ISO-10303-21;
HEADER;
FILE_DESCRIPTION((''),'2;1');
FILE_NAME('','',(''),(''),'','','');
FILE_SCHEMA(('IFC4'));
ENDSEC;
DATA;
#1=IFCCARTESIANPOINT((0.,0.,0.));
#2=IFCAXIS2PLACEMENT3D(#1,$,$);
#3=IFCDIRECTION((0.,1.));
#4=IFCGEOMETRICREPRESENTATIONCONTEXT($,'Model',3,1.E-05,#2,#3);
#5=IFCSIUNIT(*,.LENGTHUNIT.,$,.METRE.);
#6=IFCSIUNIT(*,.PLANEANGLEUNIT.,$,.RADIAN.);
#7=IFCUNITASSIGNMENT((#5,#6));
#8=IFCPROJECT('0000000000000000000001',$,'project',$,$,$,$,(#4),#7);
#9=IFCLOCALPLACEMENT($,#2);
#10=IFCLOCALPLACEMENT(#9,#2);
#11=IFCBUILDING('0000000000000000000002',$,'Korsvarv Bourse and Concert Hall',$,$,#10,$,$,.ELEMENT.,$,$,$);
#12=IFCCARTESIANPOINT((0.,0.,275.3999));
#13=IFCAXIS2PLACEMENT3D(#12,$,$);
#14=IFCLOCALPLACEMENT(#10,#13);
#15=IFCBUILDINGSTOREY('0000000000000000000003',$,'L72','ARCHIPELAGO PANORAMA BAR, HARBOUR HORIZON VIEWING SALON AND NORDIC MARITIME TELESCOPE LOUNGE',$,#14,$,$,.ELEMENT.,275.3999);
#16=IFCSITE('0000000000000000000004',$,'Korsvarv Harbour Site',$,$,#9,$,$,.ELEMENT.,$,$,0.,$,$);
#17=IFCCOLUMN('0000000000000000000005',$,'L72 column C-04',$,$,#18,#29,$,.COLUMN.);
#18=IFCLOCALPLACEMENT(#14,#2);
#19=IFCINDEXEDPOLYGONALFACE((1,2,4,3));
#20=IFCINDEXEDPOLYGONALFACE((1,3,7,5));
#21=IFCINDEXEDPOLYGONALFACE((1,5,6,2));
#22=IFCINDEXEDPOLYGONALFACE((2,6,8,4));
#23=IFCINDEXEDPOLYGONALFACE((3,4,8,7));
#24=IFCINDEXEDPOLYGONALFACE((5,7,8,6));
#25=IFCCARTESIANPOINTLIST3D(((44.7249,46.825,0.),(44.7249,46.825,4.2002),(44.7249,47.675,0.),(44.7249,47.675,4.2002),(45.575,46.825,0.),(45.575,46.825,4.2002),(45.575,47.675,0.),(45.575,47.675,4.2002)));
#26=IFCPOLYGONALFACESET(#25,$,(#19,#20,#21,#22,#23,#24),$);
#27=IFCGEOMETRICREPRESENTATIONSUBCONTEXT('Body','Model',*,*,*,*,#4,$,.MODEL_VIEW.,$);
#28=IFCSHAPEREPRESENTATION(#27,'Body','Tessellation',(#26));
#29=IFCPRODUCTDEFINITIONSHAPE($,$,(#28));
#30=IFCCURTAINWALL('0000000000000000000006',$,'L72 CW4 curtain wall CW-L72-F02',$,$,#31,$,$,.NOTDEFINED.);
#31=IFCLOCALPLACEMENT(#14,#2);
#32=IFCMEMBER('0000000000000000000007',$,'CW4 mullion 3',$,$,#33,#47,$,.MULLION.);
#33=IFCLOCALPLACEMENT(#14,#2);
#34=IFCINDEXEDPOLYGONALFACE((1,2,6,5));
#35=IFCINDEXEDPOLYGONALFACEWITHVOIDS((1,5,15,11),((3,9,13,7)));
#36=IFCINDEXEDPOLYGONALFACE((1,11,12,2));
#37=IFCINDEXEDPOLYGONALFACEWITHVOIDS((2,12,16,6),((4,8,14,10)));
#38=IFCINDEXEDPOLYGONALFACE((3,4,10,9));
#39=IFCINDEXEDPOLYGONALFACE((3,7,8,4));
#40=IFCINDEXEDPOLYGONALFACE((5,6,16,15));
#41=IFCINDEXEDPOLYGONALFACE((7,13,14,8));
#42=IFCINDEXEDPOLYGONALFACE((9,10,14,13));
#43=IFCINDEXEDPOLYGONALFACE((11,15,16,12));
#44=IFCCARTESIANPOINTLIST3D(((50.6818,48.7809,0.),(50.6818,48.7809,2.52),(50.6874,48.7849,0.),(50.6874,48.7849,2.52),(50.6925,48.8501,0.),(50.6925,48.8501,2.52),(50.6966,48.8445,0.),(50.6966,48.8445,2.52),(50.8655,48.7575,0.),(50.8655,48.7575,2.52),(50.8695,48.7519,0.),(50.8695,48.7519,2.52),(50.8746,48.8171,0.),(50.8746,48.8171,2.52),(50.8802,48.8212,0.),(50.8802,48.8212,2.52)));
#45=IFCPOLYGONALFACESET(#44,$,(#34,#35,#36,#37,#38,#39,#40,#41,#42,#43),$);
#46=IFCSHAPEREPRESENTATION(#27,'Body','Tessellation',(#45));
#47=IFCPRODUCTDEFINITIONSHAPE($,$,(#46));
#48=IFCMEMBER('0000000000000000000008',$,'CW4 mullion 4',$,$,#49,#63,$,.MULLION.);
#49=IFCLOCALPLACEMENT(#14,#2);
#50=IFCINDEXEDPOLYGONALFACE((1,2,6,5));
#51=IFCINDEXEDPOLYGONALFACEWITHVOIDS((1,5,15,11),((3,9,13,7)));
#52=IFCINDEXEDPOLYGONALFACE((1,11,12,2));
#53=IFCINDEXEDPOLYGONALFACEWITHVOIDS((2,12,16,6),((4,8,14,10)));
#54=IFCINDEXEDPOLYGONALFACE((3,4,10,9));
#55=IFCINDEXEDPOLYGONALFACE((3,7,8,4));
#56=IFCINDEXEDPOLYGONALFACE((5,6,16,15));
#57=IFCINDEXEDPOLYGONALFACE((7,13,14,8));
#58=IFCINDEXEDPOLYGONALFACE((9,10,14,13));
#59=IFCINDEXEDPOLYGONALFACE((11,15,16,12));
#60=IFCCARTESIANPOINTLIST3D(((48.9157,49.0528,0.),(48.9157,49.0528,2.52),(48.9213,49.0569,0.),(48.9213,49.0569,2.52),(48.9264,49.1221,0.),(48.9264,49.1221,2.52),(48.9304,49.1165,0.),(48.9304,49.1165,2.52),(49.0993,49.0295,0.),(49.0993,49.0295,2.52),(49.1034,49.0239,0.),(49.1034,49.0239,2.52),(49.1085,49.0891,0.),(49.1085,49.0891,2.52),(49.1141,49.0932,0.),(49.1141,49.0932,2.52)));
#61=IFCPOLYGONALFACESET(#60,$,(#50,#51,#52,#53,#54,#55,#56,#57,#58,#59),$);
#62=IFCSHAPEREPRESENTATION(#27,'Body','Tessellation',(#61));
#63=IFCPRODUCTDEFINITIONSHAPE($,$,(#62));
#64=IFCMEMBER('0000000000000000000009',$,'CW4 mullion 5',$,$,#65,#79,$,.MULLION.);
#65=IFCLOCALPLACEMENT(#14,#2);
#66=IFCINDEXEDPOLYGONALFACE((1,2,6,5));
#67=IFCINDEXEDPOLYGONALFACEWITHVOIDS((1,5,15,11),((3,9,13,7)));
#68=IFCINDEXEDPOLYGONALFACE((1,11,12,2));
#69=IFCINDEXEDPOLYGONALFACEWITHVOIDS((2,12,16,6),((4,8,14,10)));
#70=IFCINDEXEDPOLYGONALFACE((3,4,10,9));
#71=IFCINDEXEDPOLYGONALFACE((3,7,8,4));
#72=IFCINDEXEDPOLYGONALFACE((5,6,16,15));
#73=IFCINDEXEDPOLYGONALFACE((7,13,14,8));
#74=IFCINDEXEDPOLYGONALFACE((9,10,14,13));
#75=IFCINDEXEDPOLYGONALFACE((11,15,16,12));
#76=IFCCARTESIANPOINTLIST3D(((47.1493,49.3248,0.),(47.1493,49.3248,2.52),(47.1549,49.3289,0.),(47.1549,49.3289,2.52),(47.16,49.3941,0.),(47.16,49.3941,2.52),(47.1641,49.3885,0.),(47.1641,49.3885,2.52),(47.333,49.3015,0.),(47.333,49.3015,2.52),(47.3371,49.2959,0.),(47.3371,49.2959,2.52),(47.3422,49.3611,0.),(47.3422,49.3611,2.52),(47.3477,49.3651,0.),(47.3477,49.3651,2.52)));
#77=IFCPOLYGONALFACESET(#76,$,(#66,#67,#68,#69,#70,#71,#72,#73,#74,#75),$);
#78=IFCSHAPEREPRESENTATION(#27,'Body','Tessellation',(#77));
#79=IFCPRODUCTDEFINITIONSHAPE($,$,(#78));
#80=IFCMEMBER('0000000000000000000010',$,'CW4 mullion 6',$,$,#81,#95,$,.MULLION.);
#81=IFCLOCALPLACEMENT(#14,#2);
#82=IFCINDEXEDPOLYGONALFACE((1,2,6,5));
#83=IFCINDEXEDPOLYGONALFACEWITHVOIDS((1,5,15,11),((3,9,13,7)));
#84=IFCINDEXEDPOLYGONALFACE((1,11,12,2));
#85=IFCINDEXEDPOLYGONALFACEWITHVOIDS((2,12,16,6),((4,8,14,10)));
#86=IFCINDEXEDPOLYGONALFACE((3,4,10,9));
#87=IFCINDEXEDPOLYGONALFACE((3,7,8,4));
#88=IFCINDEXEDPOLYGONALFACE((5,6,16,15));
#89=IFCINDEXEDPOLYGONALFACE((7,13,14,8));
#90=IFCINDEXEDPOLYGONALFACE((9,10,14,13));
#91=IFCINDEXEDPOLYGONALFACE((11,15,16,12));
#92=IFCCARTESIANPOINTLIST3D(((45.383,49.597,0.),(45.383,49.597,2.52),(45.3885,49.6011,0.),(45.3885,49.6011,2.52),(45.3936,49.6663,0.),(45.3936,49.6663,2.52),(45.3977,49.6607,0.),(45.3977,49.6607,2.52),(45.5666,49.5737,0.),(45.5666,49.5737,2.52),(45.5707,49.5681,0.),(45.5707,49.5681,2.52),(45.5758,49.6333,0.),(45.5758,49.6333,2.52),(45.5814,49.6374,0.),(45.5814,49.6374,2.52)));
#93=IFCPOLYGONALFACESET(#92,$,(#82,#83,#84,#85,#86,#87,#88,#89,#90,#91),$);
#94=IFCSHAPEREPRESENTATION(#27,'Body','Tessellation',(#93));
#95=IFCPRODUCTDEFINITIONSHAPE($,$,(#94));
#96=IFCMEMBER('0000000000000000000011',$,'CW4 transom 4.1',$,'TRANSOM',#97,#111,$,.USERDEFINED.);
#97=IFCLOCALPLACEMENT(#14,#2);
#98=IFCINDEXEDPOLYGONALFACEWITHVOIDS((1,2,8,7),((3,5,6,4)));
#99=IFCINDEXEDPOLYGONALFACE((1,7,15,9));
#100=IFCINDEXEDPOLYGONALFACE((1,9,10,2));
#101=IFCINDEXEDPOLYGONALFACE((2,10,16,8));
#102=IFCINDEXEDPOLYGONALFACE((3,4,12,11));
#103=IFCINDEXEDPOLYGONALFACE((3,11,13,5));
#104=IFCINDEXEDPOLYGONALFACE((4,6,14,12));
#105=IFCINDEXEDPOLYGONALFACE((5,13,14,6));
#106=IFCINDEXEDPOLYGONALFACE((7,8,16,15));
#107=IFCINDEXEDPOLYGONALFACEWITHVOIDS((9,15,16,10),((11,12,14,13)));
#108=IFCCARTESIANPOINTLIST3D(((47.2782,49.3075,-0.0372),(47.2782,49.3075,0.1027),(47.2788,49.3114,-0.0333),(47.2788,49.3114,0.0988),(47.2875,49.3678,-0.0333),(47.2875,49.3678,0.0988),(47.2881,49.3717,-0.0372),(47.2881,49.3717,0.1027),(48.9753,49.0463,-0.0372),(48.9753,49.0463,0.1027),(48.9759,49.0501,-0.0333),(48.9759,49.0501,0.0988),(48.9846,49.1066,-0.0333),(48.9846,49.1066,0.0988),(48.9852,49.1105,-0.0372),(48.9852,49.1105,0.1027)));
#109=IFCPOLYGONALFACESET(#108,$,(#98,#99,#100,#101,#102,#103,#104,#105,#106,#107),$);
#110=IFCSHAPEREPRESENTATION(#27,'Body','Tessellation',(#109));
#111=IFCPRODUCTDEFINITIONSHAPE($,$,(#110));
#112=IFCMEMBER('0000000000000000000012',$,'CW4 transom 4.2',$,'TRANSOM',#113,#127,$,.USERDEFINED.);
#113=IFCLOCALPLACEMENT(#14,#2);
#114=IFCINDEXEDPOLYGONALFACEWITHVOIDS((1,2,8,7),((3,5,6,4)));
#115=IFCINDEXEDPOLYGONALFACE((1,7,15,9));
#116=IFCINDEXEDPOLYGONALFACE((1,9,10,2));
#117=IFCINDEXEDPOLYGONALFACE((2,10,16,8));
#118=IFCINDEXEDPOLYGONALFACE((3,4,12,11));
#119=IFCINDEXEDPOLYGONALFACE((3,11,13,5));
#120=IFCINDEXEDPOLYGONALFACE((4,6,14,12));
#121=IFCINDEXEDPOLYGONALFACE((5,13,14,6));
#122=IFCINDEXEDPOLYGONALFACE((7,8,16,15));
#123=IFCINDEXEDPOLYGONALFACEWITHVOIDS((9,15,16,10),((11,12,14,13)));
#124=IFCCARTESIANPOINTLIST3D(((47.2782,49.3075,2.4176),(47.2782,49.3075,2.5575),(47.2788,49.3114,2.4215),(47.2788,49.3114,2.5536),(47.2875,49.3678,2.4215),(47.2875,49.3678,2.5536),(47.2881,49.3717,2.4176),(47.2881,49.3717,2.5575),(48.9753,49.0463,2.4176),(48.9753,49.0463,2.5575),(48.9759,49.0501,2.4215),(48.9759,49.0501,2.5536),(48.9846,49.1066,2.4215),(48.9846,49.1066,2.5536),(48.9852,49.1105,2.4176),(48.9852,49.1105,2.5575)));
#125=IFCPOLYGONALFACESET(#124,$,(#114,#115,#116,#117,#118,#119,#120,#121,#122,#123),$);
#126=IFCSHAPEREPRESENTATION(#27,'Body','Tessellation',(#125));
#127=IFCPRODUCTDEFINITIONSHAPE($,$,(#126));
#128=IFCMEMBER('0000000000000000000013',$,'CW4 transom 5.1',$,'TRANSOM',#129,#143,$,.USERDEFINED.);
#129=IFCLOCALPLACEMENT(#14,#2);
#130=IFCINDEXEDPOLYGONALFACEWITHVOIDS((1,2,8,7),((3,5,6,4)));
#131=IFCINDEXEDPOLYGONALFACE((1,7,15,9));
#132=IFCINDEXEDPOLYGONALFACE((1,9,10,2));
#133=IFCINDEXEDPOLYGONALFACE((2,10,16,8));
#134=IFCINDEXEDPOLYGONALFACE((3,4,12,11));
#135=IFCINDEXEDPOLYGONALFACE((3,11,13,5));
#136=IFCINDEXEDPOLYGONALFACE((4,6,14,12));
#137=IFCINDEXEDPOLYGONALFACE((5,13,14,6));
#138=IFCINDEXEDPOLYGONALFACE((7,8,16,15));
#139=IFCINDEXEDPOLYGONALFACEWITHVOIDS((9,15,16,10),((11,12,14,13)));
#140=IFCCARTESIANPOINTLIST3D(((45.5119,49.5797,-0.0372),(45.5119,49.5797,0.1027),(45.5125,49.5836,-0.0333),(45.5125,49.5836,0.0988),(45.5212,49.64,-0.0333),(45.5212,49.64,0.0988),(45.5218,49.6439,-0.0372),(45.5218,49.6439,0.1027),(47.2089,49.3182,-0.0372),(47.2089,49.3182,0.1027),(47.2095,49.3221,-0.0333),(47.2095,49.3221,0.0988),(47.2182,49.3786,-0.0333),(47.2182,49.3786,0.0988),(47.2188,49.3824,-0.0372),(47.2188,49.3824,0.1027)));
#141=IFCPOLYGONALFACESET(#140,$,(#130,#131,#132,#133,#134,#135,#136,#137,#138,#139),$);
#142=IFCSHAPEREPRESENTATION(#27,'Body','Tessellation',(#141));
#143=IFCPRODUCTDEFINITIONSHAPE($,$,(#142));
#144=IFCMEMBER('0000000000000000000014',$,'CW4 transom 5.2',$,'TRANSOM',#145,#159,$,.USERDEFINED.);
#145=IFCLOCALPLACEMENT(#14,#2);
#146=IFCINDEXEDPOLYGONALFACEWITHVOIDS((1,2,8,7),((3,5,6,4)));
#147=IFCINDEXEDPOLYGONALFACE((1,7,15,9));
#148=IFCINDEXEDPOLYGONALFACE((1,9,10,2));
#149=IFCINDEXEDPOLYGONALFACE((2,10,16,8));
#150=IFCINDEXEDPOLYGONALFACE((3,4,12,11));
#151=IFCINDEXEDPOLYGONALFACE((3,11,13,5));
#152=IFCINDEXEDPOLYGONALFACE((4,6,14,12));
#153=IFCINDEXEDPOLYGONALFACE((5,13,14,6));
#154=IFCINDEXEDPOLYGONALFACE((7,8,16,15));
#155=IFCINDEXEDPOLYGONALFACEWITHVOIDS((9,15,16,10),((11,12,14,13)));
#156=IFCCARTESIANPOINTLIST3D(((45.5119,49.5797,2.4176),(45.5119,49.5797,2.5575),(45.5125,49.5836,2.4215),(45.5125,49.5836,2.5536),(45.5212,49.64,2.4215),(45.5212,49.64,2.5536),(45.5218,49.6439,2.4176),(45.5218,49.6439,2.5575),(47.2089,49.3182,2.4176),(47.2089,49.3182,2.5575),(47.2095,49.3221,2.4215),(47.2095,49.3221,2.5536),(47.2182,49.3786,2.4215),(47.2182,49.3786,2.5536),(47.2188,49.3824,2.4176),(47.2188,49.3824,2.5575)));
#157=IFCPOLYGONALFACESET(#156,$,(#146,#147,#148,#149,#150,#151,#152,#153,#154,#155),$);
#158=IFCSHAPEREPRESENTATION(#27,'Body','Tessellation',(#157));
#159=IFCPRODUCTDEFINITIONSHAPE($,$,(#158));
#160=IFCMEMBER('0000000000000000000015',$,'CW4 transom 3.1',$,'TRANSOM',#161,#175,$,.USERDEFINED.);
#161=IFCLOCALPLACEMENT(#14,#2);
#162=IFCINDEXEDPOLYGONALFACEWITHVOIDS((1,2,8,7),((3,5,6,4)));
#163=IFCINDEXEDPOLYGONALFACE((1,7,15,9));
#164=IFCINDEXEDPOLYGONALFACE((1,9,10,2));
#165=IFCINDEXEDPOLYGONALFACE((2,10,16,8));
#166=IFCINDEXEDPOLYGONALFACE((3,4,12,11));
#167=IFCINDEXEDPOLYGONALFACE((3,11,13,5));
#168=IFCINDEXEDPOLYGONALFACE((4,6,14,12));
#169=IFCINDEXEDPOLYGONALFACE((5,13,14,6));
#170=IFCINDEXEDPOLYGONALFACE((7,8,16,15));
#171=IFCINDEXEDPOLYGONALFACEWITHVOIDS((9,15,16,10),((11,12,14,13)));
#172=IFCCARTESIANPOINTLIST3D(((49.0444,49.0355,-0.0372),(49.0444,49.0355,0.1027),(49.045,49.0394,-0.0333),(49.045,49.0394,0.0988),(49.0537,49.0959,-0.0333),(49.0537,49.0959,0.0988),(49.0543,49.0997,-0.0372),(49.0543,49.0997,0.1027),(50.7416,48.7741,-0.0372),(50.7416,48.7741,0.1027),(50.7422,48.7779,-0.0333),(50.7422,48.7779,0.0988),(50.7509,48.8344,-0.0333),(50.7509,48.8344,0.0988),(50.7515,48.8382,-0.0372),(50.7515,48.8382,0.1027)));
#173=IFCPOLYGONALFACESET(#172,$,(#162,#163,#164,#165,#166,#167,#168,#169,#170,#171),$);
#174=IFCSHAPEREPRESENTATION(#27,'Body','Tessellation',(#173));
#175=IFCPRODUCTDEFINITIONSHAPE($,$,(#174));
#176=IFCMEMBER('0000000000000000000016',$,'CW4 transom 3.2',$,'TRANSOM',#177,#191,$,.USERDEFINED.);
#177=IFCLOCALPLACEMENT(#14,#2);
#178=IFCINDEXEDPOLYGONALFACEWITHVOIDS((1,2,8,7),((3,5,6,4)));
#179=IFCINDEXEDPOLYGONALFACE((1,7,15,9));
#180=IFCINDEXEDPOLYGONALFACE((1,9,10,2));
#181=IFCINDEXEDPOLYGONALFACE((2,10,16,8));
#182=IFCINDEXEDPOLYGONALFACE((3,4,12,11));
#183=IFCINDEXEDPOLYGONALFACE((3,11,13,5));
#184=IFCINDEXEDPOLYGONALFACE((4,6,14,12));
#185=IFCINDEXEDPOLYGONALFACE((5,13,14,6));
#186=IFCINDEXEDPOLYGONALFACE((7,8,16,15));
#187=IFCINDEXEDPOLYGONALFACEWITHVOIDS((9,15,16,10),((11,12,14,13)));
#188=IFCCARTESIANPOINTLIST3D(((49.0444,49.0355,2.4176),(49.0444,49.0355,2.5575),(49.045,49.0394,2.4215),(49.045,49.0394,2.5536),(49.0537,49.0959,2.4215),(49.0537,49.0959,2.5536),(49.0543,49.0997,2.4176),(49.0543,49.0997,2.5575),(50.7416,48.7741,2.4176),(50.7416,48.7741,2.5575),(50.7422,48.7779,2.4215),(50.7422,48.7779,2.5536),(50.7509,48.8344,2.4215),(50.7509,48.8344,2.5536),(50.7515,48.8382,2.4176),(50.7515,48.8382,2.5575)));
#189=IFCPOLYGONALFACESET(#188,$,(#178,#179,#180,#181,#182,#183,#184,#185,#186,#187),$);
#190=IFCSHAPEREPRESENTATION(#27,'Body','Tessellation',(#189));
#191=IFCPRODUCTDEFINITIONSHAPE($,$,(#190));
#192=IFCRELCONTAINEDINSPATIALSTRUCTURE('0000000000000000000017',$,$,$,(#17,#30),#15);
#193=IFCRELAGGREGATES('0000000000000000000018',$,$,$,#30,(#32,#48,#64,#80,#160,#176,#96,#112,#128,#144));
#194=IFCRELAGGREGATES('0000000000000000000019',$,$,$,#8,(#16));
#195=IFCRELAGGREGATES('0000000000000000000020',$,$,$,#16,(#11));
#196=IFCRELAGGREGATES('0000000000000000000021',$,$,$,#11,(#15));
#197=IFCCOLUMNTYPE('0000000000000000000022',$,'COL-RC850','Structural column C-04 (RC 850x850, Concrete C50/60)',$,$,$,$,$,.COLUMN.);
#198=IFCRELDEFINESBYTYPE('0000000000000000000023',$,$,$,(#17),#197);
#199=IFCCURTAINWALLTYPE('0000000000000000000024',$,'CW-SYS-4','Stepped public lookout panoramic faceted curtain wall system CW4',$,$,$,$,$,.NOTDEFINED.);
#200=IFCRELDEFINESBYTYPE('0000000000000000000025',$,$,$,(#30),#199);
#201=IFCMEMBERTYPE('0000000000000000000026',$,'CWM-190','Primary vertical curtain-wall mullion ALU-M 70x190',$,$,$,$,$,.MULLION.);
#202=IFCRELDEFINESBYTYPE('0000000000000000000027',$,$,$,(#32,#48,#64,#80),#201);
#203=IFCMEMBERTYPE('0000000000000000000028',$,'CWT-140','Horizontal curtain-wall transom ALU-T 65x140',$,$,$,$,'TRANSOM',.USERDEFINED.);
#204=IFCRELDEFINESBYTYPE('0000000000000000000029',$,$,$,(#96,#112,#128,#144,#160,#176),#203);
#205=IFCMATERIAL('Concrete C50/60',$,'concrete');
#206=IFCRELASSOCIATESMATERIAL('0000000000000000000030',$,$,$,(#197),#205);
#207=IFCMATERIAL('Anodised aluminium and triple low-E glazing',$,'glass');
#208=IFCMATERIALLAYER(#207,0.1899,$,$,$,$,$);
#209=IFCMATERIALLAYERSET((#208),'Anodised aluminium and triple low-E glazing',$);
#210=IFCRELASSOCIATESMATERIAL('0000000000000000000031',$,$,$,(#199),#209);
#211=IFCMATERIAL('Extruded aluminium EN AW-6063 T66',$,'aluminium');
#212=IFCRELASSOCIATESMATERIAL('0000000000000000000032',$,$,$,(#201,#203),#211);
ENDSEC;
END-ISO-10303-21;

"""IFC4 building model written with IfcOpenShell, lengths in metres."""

from ifc_helpers import new_model, si_unit, direction, frame, origin, origin_2d, place, context, subcontext, project, spatial, rectangle, hollow_rectangle, extrude, source, transform, mapped, material, layer, layer_set, material_profile, profile_set, type_object, element, aggregate, save


model = new_model("IFC4")

# Units and contexts
model_context = context("Model", 3, precision=1e-05, world=origin(), true_north=direction((0.0, 1.0)))
body_context = subcontext(model_context, "Body", "Model", "MODEL_VIEW")
ifc_project = project(units=[si_unit("LENGTHUNIT", "METRE"), si_unit("PLANEANGLEUNIT", "RADIAN")], contexts=[model_context])

# Site, building, storey
site_placement = place(None, origin())
site = spatial("IfcSite", under=ifc_project, at=site_placement, Name="Korsvarv Harbour Site", CompositionType="ELEMENT", RefElevation=0.0)
building_placement = place(site_placement, origin())
building = spatial("IfcBuilding", under=site, at=building_placement, Name="Korsvarv Bourse and Concert Hall", CompositionType="ELEMENT")
storey_placement = place(building_placement, frame((0.0, 0.0, 275.3999)))
storey = spatial("IfcBuildingStorey", under=building, at=storey_placement, Name="L72", Description="ARCHIPELAGO PANORAMA BAR, HARBOUR HORIZON VIEWING SALON AND NORDIC MARITIME TELESCOPE LOUNGE", CompositionType="ELEMENT", Elevation=275.3999)

# Column
ifc_material_1 = material(Name="Concrete C50/60", Category="concrete")
ifc_material_profile_1 = material_profile(ifc_material_1, rectangle(XDim=0.8501, YDim=0.8501, at=origin_2d()), Name="RC 850x850")
ifc_profile_set_1 = profile_set([ifc_material_profile_1], Name="Concrete C50/60")
column_type = type_object("IfcColumnType", Name="COL-RC850", Description="Structural column C-04 (RC 850x850, Concrete C50/60)", PredefinedType="COLUMN", material=ifc_profile_set_1)
shared_shape_1 = source(origin(), body_context, "Body", "SweptSolid", [
    extrude(rectangle(XDim=0.8501, YDim=0.8501, at=origin_2d()), origin(), (0.0, 0.0, 1.0), 4.2002),
])
column_placement = place(storey_placement, frame((45.1499, 47.25, 0.0), z_axis=(0.0, 0.0, 1.0), x_axis=(1.0, 0.0, 0.0)))
element("IfcColumn", 1, at=column_placement, inside=storey, type_object=column_type, Name="L72 column C-04", PredefinedType="COLUMN", context=body_context, shape_type="MappedRepresentation", body=[
    mapped(shared_shape_1, transform((0.0, 0.0, 0.0), scale=1.0)),
])

# Curtain wall, members
ifc_material_2 = material(Name="Anodised aluminium and triple low-E glazing", Category="glass")
ifc_layer_1 = layer(ifc_material_2, 0.1899)
ifc_layer_set_1 = layer_set([ifc_layer_1], Name="Anodised aluminium and triple low-E glazing")
curtain_wall_type = type_object("IfcCurtainWallType", Name="CW-SYS-4", Description="Stepped public lookout panoramic faceted curtain wall system CW4", PredefinedType="NOTDEFINED", material=ifc_layer_set_1)
curtain_wall_placement = place(storey_placement, origin())
curtain_wall = element("IfcCurtainWall", 2, at=curtain_wall_placement, inside=storey, type_object=curtain_wall_type, Name="L72 CW4 curtain wall CW-L72-F02", PredefinedType="NOTDEFINED")
ifc_material_3 = material(Name="Extruded aluminium EN AW-6063 T66", Category="aluminium")
ifc_material_profile_2 = material_profile(ifc_material_3, hollow_rectangle(XDim=0.0701, YDim=0.1899, WallThickness=0.0049, at=origin_2d()), Name="ALU-M 70x190")
ifc_profile_set_2 = profile_set([ifc_material_profile_2], Name="Extruded aluminium EN AW-6063 T66")
member_type_1 = type_object("IfcMemberType", Name="CWM-190", Description="Primary vertical curtain-wall mullion ALU-M 70x190", PredefinedType="MULLION", material=ifc_profile_set_2)
shared_shape_2 = source(origin(), body_context, "Body", "SweptSolid", [
    extrude(hollow_rectangle(XDim=0.0701, YDim=0.1899, WallThickness=0.0049, at=origin_2d()), origin(), (0.0, 0.0, 1.0), 2.52),
])
member_1_placement = place(storey_placement, frame((50.781, 48.801, 0.0), z_axis=(0.0, 0.0, 1.0), x_axis=(-0.152234, -0.988345, 0.0)))
member_1 = element("IfcMember", 3, at=member_1_placement, type_object=member_type_1, Name="CW4 mullion 3", PredefinedType="MULLION", context=body_context, shape_type="MappedRepresentation", body=[
    mapped(shared_shape_2, transform((0.0, 0.0, 0.0), scale=1.0)),
])
member_2_placement = place(storey_placement, frame((49.0149, 49.073, 0.0), z_axis=(0.0, 0.0, 1.0), x_axis=(-0.152234, -0.988345, 0.0)))
member_2 = element("IfcMember", 4, at=member_2_placement, type_object=member_type_1, Name="CW4 mullion 4", PredefinedType="MULLION", context=body_context, shape_type="MappedRepresentation", body=[
    mapped(shared_shape_2, transform((0.0, 0.0, 0.0), scale=1.0)),
])
member_3_placement = place(storey_placement, frame((47.2485, 49.345, 0.0), z_axis=(0.0, 0.0, 1.0), x_axis=(-0.152234, -0.988345, 0.0)))
member_3 = element("IfcMember", 5, at=member_3_placement, type_object=member_type_1, Name="CW4 mullion 5", PredefinedType="MULLION", context=body_context, shape_type="MappedRepresentation", body=[
    mapped(shared_shape_2, transform((0.0, 0.0, 0.0), scale=1.0)),
])
member_4_placement = place(storey_placement, frame((45.4822, 49.6172, 0.0), z_axis=(0.0, 0.0, 1.0), x_axis=(-0.152234, -0.988345, 0.0)))
member_4 = element("IfcMember", 6, at=member_4_placement, type_object=member_type_1, Name="CW4 mullion 6", PredefinedType="MULLION", context=body_context, shape_type="MappedRepresentation", body=[
    mapped(shared_shape_2, transform((0.0, 0.0, 0.0), scale=1.0)),
])
ifc_material_profile_3 = material_profile(ifc_material_3, hollow_rectangle(XDim=0.0649, YDim=0.1399, WallThickness=0.0039, at=origin_2d()), Name="ALU-T 65x140")
ifc_profile_set_3 = profile_set([ifc_material_profile_3], Name="Extruded aluminium EN AW-6063 T66")
member_type_2 = type_object("IfcMemberType", Name="CWT-140", Description="Horizontal curtain-wall transom ALU-T 65x140", ElementType="TRANSOM", PredefinedType="USERDEFINED", material=ifc_profile_set_3)
shared_shape_3 = source(origin(), body_context, "Body", "SweptSolid", [
    extrude(hollow_rectangle(XDim=0.0649, YDim=0.1399, WallThickness=0.0039, at=origin_2d()), origin(), (0.0, 0.0, 1.0), 1.717),
])
member_5_placement = place(storey_placement, frame((48.9802, 49.0784, 0.0327), z_axis=(-0.988359, 0.152143, 0.0), x_axis=(-0.152143, -0.988359, 0.0)))
member_5 = element("IfcMember", 7, at=member_5_placement, type_object=member_type_2, Name="CW4 transom 4.1", ObjectType="TRANSOM", PredefinedType="USERDEFINED", context=body_context, shape_type="MappedRepresentation", body=[
    mapped(shared_shape_3, transform((0.0, 0.0, 0.0), scale=1.0)),
])
member_6_placement = place(storey_placement, frame((48.9802, 49.0784, 2.4875), z_axis=(-0.988359, 0.152143, 0.0), x_axis=(-0.152143, -0.988359, 0.0)))
member_6 = element("IfcMember", 8, at=member_6_placement, type_object=member_type_2, Name="CW4 transom 4.2", ObjectType="TRANSOM", PredefinedType="USERDEFINED", context=body_context, shape_type="MappedRepresentation", body=[
    mapped(shared_shape_3, transform((0.0, 0.0, 0.0), scale=1.0)),
])
member_7_placement = place(storey_placement, frame((47.2139, 49.3503, 0.0327), z_axis=(-0.988337, 0.152282, 0.0), x_axis=(-0.152282, -0.988337, 0.0)))
member_7 = element("IfcMember", 9, at=member_7_placement, type_object=member_type_2, Name="CW4 transom 5.1", ObjectType="TRANSOM", PredefinedType="USERDEFINED", context=body_context, shape_type="MappedRepresentation", body=[
    mapped(shared_shape_3, transform((0.0, 0.0, 0.0), scale=1.0)),
])
member_8_placement = place(storey_placement, frame((47.2139, 49.3503, 2.4875), z_axis=(-0.988337, 0.152282, 0.0), x_axis=(-0.152282, -0.988337, 0.0)))
member_8 = element("IfcMember", 10, at=member_8_placement, type_object=member_type_2, Name="CW4 transom 5.2", ObjectType="TRANSOM", PredefinedType="USERDEFINED", context=body_context, shape_type="MappedRepresentation", body=[
    mapped(shared_shape_3, transform((0.0, 0.0, 0.0), scale=1.0)),
])
shared_shape_4 = source(origin(), body_context, "Body", "SweptSolid", [
    extrude(hollow_rectangle(XDim=0.0649, YDim=0.1399, WallThickness=0.0039, at=origin_2d()), origin(), (0.0, 0.0, 1.0), 1.7173),
])
member_9_placement = place(storey_placement, frame((50.7466, 48.8062, 0.0327), z_axis=(-0.98834, 0.15226, 0.0), x_axis=(-0.15226, -0.98834, 0.0)))
member_9 = element("IfcMember", 11, at=member_9_placement, type_object=member_type_2, Name="CW4 transom 3.1", ObjectType="TRANSOM", PredefinedType="USERDEFINED", context=body_context, shape_type="MappedRepresentation", body=[
    mapped(shared_shape_4, transform((0.0, 0.0, 0.0), scale=1.0)),
])
member_10_placement = place(storey_placement, frame((50.7466, 48.8062, 2.4875), z_axis=(-0.98834, 0.15226, 0.0), x_axis=(-0.15226, -0.98834, 0.0)))
member_10 = element("IfcMember", 12, at=member_10_placement, type_object=member_type_2, Name="CW4 transom 3.2", ObjectType="TRANSOM", PredefinedType="USERDEFINED", context=body_context, shape_type="MappedRepresentation", body=[
    mapped(shared_shape_4, transform((0.0, 0.0, 0.0), scale=1.0)),
])
aggregate(curtain_wall, [member_1, member_2, member_3, member_4, member_9, member_10, member_5, member_6, member_7, member_8])

save(model, "model.ifc")
